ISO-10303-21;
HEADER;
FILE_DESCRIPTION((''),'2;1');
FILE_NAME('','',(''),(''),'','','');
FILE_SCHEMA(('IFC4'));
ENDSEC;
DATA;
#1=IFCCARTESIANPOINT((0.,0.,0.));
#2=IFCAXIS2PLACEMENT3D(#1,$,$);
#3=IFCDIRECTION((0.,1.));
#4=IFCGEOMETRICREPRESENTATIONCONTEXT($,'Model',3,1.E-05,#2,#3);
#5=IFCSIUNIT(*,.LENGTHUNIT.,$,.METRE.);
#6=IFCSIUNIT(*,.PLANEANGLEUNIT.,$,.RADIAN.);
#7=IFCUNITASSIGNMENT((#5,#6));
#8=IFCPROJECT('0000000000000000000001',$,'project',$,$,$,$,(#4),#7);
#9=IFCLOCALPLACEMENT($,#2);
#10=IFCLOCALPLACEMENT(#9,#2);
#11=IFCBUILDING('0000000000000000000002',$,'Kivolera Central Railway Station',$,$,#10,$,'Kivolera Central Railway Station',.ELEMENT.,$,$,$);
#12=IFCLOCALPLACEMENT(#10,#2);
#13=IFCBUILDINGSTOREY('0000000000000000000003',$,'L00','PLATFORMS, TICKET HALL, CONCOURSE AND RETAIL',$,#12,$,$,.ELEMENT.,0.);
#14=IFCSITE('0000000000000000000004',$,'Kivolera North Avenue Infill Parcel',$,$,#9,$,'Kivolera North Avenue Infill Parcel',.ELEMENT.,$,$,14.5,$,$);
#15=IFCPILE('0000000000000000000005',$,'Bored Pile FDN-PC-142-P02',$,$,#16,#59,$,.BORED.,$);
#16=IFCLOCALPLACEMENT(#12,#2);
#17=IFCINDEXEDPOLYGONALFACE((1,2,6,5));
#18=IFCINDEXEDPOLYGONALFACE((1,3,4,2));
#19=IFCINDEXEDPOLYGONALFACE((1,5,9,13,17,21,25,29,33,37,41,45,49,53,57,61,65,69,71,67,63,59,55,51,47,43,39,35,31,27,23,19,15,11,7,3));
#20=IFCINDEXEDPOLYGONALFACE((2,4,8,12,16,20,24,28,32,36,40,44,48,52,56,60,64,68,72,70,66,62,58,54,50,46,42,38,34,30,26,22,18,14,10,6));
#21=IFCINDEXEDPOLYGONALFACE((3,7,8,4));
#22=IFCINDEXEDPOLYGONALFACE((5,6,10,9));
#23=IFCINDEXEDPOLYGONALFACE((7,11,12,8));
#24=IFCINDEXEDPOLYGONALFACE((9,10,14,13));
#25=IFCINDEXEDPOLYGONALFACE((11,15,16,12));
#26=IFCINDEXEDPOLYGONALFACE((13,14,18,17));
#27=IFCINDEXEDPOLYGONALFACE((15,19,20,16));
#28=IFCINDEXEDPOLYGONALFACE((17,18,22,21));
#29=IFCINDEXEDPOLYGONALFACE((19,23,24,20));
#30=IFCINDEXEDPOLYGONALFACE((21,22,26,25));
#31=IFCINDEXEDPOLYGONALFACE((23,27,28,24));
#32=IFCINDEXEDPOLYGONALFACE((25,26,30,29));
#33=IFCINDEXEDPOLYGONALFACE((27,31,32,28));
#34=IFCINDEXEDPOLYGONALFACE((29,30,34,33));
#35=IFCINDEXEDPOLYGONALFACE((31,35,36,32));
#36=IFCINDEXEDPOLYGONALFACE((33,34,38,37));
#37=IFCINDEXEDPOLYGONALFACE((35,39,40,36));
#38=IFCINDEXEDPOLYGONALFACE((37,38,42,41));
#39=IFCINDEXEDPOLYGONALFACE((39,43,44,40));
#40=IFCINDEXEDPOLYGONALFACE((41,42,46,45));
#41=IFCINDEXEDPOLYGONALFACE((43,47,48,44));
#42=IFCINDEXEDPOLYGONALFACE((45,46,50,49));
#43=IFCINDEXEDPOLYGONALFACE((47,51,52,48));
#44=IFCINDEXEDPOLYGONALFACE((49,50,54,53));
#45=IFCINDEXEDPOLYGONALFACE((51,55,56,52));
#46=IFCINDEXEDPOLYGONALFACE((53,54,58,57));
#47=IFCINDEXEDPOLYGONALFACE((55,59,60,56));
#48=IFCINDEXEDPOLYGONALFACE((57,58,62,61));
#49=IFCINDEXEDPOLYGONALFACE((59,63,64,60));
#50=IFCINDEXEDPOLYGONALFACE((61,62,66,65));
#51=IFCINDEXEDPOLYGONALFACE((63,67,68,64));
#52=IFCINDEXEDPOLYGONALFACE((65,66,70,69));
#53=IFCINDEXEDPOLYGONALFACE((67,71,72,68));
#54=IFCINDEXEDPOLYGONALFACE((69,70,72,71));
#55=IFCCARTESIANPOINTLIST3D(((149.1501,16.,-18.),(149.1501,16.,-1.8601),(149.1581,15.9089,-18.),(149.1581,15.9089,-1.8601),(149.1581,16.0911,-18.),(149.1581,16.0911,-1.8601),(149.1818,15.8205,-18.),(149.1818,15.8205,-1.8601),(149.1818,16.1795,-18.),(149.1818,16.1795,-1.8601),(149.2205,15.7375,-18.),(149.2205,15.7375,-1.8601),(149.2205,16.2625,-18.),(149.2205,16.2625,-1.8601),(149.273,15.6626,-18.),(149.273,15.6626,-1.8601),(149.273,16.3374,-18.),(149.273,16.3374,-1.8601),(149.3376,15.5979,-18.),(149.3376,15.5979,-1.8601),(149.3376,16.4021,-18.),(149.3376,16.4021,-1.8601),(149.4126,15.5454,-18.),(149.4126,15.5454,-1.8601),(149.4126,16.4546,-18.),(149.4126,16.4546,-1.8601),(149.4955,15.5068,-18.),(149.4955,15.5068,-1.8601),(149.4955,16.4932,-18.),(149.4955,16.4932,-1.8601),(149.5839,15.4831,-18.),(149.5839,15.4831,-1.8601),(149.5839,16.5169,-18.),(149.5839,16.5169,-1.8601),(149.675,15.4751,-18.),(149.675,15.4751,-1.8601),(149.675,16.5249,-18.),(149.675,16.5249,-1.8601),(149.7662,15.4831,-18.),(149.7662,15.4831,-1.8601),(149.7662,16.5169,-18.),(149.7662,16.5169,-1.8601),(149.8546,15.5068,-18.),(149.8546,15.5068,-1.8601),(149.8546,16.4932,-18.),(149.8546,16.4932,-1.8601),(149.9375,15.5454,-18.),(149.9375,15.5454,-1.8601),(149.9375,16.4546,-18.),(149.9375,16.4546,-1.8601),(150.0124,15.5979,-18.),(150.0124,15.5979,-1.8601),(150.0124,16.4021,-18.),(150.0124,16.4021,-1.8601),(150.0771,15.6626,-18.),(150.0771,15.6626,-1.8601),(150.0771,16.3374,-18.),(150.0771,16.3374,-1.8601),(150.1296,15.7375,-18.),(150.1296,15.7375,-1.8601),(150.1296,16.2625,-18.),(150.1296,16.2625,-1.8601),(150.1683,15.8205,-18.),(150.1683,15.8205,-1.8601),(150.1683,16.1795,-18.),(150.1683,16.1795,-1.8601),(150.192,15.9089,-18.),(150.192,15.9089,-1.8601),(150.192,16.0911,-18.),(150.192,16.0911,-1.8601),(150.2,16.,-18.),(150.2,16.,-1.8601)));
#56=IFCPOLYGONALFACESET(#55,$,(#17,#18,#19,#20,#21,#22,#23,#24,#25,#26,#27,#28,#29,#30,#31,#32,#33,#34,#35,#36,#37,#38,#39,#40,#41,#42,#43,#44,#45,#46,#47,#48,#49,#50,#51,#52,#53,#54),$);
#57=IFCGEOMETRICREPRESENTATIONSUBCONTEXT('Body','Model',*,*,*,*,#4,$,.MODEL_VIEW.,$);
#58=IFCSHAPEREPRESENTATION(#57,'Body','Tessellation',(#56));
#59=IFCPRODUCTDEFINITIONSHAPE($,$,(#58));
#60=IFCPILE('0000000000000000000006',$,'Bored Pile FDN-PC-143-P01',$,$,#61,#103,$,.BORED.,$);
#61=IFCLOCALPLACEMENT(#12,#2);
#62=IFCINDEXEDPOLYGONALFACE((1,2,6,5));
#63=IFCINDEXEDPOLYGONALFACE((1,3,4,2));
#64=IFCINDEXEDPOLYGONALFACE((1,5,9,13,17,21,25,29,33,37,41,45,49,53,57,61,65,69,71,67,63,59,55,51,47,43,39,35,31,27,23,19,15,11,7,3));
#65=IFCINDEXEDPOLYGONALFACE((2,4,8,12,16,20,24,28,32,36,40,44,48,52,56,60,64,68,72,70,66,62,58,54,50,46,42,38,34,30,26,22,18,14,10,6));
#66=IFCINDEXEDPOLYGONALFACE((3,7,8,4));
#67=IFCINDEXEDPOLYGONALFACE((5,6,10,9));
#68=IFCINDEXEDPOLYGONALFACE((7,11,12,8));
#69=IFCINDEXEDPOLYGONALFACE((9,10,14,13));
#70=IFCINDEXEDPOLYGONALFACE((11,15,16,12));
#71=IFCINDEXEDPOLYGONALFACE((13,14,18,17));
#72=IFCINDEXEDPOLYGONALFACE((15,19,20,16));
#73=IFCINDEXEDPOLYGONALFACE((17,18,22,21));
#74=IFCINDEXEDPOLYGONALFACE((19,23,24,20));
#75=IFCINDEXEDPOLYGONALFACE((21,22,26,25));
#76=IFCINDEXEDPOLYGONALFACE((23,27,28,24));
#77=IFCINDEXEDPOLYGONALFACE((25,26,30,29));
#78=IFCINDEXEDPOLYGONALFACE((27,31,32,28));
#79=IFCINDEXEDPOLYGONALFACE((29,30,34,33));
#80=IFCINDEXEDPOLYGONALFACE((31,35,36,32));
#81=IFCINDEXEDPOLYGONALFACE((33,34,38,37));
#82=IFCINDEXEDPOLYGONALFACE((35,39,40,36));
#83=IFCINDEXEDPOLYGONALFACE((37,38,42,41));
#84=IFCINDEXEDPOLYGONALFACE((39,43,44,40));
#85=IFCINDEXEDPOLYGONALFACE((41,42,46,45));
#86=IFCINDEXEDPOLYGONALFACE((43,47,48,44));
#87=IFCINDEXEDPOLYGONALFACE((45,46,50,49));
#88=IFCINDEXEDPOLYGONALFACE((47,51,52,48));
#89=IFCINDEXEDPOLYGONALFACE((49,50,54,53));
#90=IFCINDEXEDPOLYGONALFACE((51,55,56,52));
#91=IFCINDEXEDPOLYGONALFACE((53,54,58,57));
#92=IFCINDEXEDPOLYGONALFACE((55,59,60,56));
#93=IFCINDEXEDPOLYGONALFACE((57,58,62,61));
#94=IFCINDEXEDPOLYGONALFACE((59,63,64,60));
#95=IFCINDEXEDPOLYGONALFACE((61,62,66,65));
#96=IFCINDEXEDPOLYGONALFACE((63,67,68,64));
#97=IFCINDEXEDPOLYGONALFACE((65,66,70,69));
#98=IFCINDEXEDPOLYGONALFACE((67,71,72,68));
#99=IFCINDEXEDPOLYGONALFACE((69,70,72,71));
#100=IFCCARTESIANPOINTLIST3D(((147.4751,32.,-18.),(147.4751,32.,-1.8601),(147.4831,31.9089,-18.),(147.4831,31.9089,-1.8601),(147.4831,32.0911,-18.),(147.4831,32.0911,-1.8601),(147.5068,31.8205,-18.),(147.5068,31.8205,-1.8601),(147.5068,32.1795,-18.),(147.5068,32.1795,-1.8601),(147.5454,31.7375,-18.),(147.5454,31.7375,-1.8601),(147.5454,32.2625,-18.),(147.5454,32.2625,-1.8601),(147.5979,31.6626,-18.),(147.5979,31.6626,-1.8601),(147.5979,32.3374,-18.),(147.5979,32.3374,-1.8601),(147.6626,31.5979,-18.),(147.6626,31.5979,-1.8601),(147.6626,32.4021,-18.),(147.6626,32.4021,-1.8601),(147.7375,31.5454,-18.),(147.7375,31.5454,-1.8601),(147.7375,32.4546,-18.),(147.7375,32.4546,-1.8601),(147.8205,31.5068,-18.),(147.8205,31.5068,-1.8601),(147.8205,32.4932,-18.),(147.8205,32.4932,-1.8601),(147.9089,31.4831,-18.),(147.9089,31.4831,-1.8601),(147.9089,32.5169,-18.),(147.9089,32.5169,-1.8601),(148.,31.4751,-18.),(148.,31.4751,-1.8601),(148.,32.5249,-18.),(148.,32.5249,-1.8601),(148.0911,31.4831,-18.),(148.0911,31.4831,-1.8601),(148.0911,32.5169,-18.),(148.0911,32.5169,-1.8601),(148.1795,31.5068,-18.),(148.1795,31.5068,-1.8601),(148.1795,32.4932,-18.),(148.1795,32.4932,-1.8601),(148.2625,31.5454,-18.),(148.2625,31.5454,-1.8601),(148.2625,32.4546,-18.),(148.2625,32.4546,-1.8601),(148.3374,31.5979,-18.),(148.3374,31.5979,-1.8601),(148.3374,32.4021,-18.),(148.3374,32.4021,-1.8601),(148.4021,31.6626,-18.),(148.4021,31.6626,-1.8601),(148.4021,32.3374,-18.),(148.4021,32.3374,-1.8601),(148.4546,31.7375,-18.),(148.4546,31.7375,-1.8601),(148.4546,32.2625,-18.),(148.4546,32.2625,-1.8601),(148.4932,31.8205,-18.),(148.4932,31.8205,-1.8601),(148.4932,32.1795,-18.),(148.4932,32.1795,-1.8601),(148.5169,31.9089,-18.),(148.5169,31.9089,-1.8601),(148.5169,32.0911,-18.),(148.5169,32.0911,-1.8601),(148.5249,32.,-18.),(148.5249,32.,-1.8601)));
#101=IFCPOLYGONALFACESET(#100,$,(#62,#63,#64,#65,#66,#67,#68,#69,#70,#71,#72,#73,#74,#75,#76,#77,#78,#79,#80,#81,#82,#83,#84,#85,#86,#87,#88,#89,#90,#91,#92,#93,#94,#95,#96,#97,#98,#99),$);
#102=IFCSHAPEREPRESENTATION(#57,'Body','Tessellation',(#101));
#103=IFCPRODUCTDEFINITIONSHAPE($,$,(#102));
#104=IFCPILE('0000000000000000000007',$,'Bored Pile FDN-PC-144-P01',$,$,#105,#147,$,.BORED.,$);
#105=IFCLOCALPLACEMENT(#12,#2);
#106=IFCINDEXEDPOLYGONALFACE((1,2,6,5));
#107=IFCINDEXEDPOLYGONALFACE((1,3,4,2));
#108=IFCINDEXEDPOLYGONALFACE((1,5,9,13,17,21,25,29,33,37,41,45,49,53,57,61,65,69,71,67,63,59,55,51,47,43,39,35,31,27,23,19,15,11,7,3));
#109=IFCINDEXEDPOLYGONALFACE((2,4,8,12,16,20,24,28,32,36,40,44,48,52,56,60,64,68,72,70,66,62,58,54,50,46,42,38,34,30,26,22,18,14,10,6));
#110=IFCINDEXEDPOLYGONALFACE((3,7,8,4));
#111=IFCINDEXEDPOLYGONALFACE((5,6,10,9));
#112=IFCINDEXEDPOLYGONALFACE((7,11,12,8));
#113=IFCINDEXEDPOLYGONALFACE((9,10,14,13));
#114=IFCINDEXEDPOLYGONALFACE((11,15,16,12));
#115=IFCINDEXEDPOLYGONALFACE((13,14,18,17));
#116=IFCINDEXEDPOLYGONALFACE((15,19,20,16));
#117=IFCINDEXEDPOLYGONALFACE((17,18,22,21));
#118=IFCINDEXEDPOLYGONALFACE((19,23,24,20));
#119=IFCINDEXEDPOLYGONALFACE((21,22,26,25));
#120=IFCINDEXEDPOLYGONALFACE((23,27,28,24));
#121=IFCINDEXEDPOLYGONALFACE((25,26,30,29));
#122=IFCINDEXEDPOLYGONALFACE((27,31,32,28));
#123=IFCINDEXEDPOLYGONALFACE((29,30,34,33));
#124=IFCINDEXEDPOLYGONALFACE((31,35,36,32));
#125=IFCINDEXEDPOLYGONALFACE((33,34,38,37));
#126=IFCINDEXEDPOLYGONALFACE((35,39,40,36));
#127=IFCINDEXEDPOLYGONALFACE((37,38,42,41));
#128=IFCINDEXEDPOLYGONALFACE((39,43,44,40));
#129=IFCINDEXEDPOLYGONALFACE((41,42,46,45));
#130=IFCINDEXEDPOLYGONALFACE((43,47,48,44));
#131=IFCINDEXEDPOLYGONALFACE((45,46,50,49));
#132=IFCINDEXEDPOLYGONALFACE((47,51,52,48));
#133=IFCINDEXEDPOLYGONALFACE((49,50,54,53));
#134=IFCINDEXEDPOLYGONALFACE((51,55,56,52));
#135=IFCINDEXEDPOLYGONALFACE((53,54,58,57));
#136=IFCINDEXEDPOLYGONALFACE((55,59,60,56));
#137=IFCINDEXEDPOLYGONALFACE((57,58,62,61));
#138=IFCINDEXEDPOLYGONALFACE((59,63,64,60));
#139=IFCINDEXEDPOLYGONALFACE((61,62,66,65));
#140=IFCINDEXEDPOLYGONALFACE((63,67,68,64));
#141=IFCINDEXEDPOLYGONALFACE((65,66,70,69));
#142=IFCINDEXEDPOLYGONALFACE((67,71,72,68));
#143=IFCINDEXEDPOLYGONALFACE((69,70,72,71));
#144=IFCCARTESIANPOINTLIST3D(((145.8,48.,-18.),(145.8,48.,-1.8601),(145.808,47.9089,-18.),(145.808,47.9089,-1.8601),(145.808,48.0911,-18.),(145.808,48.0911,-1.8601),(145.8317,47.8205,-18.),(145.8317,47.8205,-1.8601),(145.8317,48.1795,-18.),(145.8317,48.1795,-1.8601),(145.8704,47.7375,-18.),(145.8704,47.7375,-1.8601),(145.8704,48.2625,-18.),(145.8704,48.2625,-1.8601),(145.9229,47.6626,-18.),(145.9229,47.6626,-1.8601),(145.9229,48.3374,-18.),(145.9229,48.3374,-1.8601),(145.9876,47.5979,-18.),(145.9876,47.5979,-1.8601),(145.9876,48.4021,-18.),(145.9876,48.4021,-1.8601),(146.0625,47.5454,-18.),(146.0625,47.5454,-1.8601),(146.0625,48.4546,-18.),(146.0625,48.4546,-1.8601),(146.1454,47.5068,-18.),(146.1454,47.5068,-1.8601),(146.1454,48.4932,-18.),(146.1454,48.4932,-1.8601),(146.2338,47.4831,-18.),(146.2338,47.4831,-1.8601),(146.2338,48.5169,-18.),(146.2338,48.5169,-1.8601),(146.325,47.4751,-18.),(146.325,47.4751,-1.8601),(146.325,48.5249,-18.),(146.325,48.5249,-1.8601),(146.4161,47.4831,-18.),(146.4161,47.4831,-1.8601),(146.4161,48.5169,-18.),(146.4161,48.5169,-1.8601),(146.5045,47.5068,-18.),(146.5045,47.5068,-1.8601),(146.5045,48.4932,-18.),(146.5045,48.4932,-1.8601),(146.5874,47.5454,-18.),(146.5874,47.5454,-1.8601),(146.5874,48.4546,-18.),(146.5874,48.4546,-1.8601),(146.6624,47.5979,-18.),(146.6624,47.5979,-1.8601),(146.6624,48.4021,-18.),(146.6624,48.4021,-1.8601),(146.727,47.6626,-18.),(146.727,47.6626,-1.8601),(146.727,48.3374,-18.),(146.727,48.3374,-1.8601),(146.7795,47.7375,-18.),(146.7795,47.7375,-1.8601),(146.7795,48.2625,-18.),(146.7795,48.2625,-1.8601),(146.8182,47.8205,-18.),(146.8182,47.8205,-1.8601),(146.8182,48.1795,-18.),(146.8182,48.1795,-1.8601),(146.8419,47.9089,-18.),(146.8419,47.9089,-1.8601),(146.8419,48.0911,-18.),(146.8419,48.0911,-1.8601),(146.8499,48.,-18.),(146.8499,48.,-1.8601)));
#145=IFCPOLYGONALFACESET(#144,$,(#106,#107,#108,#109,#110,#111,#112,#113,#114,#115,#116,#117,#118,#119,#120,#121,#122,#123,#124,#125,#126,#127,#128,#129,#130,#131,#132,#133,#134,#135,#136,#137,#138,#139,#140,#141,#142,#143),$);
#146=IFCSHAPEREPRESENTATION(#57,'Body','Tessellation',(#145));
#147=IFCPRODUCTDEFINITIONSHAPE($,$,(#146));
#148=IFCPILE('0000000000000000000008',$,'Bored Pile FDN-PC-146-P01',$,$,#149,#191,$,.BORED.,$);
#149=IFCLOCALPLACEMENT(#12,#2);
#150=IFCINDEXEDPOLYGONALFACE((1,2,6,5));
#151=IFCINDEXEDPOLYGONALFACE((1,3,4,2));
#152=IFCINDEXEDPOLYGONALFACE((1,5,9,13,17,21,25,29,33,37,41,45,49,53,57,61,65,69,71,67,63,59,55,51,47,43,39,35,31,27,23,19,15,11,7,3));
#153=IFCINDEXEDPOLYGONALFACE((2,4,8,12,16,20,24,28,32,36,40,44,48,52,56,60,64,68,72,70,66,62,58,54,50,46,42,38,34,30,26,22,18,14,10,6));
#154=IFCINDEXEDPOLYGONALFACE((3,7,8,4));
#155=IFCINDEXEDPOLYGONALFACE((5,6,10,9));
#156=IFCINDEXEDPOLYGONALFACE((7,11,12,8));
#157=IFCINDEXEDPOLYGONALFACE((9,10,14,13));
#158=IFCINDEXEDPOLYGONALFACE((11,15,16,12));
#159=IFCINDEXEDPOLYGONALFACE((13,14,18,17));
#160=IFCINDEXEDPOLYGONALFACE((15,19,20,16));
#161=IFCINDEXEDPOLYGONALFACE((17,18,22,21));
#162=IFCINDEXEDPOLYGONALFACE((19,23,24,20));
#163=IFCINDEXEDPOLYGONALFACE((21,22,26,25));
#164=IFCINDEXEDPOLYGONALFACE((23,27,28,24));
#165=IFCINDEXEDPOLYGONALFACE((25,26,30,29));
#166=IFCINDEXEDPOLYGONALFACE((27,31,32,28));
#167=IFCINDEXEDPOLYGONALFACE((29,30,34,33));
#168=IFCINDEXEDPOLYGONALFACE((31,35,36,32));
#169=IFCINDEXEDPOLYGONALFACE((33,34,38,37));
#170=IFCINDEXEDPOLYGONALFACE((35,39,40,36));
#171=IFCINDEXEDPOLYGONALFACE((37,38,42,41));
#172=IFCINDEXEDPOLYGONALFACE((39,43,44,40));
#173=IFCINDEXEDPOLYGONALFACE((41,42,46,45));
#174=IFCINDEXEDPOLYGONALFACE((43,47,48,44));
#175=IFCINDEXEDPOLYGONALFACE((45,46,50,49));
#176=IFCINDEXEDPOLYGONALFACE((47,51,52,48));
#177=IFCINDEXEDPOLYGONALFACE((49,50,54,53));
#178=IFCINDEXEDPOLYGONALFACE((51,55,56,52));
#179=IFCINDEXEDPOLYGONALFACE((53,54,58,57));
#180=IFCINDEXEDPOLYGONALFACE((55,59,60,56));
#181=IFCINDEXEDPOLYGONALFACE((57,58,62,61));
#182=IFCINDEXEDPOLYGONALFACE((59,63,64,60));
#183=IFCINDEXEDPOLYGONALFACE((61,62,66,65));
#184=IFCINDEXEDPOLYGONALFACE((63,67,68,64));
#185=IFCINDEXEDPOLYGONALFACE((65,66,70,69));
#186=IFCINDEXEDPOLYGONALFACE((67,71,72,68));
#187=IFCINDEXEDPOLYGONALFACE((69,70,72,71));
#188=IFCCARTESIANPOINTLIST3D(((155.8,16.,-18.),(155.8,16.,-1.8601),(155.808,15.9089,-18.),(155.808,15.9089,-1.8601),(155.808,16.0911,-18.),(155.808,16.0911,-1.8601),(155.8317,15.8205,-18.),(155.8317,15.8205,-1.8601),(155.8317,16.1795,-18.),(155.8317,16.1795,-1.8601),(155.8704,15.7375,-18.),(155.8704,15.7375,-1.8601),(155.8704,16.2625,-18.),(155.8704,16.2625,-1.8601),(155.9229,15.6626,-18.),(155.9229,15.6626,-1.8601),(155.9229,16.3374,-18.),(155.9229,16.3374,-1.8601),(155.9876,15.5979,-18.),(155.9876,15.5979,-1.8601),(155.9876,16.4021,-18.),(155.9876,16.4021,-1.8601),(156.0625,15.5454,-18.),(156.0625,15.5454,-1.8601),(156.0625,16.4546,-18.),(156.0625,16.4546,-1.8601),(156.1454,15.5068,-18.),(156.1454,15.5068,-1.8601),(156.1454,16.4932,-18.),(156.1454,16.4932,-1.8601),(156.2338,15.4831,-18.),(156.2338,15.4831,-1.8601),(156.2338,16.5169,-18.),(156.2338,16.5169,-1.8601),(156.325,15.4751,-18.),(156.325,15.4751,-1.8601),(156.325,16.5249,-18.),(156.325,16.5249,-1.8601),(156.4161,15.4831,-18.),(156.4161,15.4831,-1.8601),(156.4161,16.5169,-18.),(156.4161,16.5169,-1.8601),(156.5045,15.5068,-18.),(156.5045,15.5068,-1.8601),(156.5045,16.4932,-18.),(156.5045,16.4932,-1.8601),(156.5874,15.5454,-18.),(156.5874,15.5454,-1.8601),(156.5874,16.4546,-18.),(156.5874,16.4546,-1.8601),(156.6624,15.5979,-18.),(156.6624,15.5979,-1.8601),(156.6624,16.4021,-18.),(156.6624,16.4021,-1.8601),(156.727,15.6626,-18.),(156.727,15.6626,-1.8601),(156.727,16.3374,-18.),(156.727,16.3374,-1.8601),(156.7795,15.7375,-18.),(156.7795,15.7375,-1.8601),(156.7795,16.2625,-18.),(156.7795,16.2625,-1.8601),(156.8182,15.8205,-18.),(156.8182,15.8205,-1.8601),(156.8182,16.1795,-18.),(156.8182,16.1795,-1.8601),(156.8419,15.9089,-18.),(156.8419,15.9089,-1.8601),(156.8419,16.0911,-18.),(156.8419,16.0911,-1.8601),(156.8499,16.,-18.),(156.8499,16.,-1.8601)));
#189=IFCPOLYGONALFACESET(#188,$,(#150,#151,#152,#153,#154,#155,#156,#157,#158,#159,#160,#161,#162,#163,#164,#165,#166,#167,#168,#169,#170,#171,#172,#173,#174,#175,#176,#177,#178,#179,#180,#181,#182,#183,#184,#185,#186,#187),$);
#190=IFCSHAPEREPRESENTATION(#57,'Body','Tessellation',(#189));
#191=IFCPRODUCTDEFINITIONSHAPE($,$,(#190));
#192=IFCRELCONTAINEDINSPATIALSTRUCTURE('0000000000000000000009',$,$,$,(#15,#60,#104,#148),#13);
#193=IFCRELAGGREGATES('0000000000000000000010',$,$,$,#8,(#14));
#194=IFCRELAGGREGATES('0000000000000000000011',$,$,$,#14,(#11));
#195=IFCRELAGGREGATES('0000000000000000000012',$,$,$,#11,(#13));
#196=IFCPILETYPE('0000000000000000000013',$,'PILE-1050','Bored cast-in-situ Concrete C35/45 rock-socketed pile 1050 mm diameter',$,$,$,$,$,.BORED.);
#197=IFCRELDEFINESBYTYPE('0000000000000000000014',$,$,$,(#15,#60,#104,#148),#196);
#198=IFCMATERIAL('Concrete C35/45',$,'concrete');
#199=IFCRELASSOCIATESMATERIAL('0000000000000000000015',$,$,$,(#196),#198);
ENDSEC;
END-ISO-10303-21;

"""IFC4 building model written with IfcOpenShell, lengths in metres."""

from ifc_helpers import new_model, si_unit, direction, frame, origin, origin_2d, place, context, subcontext, project, spatial, circle, extrude, material, material_profile, profile_set, type_object, element, save


model = new_model("IFC4")

# Units and contexts
model_context = context("Model", 3, precision=1e-05, world=origin(), true_north=direction((0.0, 1.0)))
body_context = subcontext(model_context, "Body", "Model", "MODEL_VIEW")
ifc_project = project(units=[si_unit("LENGTHUNIT", "METRE"), si_unit("PLANEANGLEUNIT", "RADIAN")], contexts=[model_context])

# Site, building, storey
site_placement = place(None, origin())
site = spatial("IfcSite", under=ifc_project, at=site_placement, Name="Kivolera North Avenue Infill Parcel", LongName="Kivolera North Avenue Infill Parcel", CompositionType="ELEMENT", RefElevation=14.5)
building_placement = place(site_placement, origin())
building = spatial("IfcBuilding", under=site, at=building_placement, Name="Kivolera Central Railway Station", LongName="Kivolera Central Railway Station", CompositionType="ELEMENT")
storey_placement = place(building_placement, origin())
storey = spatial("IfcBuildingStorey", under=building, at=storey_placement, Name="L00", Description="PLATFORMS, TICKET HALL, CONCOURSE AND RETAIL", CompositionType="ELEMENT", Elevation=0.0)

# Shared definitions
ifc_material_1 = material(Name="Concrete C35/45", Category="concrete")

# Piles
ifc_material_profile_1 = material_profile(ifc_material_1, circle(Radius=0.5249, at=origin_2d()), Name="PILE D1050")
ifc_profile_set_1 = profile_set([ifc_material_profile_1], Name="Concrete C35/45")
pile_type = type_object("IfcPileType", Name="PILE-1050", Description="Bored cast-in-situ Concrete C35/45 rock-socketed pile 1050 mm diameter", PredefinedType="BORED", material=ifc_profile_set_1)
for number, where, z_axis, x_axis, name in (
    (1, (149.675, 16.0, -1.8601), (0.0, 0.0, -1.0), (1.0, 0.0, 0.0), "Bored Pile FDN-PC-142-P02"),
    (2, (148.0, 32.0, -1.8601), (0.0, 0.0, -1.0), (1.0, 0.0, 0.0), "Bored Pile FDN-PC-143-P01"),
    (3, (146.325, 48.0, -1.8601), (0.0, 0.0, -1.0), (1.0, 0.0, 0.0), "Bored Pile FDN-PC-144-P01"),
    (4, (156.325, 16.0, -1.8601), (0.0, 0.0, -1.0), (1.0, 0.0, 0.0), "Bored Pile FDN-PC-146-P01"),
):
    element("IfcPile", number, at=place(storey_placement, frame(where, z_axis=z_axis, x_axis=x_axis)), inside=storey, type_object=pile_type, Name=name, PredefinedType="BORED", context=body_context, shape_type="SweptSolid", body=[
        extrude(circle(Radius=0.5249, at=origin_2d()), origin(), (0.0, 0.0, 1.0), 16.1399),
    ])

save(model, "model.ifc")
